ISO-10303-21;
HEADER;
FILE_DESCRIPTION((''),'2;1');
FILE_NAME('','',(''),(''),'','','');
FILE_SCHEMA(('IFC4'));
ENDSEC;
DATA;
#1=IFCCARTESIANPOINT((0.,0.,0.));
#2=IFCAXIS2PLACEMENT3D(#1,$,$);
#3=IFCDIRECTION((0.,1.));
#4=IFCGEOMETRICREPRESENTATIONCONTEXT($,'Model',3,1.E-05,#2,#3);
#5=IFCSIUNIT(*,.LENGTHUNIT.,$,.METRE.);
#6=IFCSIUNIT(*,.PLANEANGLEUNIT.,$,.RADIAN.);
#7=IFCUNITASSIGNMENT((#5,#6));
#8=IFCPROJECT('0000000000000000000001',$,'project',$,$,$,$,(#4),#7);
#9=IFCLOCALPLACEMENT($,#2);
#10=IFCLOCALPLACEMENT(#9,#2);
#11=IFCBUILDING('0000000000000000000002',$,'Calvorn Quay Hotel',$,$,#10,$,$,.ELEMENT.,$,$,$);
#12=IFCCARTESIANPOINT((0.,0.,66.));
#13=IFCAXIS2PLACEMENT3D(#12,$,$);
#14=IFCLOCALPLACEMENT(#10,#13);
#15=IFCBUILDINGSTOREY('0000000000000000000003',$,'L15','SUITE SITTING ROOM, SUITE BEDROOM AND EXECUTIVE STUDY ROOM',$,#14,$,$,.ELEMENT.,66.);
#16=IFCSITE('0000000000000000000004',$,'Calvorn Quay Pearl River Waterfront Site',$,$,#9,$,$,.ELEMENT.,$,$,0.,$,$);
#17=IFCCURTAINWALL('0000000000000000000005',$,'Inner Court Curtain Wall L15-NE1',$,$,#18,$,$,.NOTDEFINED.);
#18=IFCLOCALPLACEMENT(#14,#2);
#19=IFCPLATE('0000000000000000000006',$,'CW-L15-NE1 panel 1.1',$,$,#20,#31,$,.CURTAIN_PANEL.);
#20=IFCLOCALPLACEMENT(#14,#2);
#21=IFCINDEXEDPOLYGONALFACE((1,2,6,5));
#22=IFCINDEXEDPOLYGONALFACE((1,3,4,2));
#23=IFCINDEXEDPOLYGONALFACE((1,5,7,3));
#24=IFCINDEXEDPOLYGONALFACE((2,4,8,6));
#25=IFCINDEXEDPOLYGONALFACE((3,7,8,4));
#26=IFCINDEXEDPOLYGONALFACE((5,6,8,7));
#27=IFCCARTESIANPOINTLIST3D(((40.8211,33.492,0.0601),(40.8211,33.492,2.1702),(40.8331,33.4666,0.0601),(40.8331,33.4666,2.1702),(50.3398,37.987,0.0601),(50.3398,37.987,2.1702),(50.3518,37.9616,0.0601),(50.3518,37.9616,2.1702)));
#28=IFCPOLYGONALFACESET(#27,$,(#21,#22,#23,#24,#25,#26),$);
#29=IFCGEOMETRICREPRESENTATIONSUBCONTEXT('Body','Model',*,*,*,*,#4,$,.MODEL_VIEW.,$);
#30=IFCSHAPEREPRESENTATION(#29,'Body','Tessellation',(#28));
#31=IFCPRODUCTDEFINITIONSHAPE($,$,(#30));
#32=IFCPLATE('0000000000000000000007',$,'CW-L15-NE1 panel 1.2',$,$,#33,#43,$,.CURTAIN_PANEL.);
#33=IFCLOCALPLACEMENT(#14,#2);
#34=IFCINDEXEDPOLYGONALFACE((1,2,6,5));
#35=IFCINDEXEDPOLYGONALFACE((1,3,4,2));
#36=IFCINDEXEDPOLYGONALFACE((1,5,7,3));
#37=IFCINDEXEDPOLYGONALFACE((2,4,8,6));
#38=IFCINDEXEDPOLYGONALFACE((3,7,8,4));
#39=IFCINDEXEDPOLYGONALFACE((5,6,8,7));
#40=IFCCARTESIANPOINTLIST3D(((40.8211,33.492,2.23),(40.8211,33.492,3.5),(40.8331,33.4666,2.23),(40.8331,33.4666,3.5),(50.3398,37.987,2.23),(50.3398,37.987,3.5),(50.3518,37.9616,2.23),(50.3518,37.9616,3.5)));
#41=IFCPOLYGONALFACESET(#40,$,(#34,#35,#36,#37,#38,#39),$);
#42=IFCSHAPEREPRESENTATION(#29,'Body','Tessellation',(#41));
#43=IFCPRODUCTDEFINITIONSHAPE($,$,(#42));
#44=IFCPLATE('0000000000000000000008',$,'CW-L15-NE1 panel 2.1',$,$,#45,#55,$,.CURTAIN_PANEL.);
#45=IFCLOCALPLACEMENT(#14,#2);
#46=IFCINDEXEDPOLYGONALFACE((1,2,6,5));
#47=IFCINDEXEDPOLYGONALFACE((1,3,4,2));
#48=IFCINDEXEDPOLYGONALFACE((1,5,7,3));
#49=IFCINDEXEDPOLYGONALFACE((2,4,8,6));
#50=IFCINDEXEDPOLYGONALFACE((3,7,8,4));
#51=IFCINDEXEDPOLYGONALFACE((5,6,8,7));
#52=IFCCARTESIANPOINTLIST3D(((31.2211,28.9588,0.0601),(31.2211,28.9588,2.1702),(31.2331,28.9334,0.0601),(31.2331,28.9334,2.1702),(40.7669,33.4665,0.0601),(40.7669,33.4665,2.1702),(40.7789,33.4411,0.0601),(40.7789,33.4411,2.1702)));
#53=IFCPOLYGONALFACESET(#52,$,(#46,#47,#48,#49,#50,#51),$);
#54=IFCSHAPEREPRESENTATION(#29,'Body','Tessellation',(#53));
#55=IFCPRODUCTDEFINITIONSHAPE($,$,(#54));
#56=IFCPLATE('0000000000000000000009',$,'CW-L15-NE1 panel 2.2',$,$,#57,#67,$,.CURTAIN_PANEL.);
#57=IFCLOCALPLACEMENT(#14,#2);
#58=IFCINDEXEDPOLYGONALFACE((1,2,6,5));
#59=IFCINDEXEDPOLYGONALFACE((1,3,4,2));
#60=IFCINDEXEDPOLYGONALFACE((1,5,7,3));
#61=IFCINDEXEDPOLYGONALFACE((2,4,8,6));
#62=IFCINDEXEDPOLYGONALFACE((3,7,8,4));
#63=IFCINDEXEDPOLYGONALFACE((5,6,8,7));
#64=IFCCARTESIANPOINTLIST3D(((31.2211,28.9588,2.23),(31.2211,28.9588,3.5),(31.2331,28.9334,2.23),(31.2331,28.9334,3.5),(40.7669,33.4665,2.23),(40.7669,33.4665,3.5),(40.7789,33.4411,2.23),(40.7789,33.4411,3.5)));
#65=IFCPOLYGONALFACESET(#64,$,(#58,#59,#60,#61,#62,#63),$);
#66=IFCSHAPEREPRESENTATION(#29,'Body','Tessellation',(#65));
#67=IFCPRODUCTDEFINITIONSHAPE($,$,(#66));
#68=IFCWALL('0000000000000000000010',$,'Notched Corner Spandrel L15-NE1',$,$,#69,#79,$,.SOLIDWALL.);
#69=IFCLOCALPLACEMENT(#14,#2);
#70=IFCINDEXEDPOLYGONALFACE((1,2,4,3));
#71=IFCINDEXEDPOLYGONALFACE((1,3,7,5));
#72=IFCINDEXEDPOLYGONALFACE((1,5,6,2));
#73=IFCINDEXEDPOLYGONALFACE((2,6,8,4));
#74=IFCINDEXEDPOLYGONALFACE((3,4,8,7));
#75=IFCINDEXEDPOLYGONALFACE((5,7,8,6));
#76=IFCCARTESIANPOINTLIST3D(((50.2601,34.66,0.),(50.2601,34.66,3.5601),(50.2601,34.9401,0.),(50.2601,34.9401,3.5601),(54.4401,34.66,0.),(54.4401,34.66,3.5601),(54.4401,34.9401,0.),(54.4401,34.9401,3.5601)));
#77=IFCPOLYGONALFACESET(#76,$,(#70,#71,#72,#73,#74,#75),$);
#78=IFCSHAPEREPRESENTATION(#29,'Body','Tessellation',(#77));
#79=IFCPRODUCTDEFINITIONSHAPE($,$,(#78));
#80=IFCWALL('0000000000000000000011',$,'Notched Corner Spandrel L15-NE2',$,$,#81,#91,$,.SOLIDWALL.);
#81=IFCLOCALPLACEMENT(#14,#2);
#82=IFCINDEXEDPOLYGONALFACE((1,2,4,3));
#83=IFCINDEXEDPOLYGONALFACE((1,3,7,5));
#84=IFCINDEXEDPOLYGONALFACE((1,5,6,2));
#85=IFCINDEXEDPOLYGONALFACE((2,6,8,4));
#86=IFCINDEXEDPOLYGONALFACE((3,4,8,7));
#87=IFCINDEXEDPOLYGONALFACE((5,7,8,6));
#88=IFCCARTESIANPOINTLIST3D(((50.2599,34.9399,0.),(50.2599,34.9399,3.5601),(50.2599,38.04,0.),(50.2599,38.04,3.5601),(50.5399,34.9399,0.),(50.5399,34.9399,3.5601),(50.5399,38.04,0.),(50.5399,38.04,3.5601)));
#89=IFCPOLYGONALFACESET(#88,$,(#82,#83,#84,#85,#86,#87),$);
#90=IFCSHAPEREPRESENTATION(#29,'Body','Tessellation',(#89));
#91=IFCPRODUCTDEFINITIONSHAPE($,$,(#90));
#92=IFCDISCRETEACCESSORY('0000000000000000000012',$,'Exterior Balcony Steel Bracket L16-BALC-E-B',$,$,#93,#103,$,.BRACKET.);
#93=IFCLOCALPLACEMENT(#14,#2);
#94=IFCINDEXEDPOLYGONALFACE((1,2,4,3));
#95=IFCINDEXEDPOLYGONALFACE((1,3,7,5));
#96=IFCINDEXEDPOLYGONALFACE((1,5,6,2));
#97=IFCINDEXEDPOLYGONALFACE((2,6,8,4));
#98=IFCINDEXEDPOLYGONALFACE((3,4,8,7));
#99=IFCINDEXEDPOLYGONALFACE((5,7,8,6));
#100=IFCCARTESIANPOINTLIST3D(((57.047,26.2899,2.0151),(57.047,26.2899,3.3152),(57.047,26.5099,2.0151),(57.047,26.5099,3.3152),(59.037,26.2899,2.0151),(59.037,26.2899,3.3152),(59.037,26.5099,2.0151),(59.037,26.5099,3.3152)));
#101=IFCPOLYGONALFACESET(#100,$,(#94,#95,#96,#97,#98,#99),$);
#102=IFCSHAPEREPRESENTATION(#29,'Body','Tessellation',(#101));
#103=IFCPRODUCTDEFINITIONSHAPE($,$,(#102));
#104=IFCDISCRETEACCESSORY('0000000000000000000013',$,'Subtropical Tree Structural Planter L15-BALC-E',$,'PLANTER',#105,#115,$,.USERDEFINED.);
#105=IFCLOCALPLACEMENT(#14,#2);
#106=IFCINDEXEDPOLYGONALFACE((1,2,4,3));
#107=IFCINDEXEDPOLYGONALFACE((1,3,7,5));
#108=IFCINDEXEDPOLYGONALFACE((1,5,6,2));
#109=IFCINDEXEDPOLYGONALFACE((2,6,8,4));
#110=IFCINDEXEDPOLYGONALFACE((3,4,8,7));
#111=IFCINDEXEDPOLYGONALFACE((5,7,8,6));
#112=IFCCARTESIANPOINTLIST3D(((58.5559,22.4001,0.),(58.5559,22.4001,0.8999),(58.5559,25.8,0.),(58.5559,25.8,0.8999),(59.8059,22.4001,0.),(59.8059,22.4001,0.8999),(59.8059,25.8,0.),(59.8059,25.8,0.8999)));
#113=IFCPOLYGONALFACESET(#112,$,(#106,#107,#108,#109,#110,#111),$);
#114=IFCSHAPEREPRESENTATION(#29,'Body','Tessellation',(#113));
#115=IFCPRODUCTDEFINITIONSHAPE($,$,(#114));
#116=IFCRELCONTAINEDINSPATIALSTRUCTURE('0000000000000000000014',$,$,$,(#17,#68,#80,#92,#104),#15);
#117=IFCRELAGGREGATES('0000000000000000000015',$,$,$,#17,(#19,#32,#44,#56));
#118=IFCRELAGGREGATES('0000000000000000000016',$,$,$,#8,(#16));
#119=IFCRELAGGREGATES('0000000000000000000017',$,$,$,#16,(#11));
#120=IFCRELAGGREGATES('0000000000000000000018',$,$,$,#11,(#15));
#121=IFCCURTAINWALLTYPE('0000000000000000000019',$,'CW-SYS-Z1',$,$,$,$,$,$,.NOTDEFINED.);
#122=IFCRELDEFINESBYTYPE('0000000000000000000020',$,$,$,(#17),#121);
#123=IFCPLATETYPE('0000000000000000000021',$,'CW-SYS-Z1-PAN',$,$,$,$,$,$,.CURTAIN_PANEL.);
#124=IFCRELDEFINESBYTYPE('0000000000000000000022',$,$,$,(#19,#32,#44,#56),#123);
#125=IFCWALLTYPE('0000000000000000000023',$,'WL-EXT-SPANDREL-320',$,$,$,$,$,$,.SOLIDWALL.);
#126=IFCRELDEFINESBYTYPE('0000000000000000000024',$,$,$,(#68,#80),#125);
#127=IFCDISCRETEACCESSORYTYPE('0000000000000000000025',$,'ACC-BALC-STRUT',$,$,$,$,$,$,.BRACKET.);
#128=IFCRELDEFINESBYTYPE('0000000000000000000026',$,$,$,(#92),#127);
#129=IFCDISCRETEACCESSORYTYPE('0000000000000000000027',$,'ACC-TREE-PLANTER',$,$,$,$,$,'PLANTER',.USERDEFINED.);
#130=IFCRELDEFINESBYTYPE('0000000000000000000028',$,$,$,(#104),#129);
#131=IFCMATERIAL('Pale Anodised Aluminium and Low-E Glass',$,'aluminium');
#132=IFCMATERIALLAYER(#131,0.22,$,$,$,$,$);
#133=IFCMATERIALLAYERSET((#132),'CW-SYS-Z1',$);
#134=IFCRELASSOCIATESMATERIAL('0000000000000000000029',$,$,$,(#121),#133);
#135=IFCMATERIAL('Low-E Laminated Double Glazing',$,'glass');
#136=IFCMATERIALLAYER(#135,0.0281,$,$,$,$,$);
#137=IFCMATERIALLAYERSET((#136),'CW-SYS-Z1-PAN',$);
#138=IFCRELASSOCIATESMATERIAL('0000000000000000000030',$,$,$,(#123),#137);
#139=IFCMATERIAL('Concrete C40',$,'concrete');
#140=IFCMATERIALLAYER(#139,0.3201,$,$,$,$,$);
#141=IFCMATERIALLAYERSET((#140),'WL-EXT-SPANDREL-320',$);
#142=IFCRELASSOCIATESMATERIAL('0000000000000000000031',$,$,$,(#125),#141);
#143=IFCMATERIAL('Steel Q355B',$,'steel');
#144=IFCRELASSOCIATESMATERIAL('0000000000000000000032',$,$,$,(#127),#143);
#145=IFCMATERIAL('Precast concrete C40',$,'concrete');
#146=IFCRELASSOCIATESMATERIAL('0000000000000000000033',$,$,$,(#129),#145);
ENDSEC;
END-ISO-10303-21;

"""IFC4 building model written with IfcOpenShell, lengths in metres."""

from ifc_helpers import new_model, si_unit, direction, frame, frame_2d, origin, origin_2d, place, context, subcontext, project, spatial, rectangle, extrude, material, layer, layer_set, type_object, element, aggregate, save


model = new_model("IFC4")

# Units and contexts
model_context = context("Model", 3, precision=1e-05, world=origin(), true_north=direction((0.0, 1.0)))
body_context = subcontext(model_context, "Body", "Model", "MODEL_VIEW")
ifc_project = project(units=[si_unit("LENGTHUNIT", "METRE"), si_unit("PLANEANGLEUNIT", "RADIAN")], contexts=[model_context])

# Site, building, storey
site_placement = place(None, origin())
site = spatial("IfcSite", under=ifc_project, at=site_placement, Name="Calvorn Quay Pearl River Waterfront Site", CompositionType="ELEMENT", RefElevation=0.0)
building_placement = place(site_placement, origin())
building = spatial("IfcBuilding", under=site, at=building_placement, Name="Calvorn Quay Hotel", CompositionType="ELEMENT")
storey_placement = place(building_placement, frame((0.0, 0.0, 66.0)))
storey = spatial("IfcBuildingStorey", under=building, at=storey_placement, Name="L15", Description="SUITE SITTING ROOM, SUITE BEDROOM AND EXECUTIVE STUDY ROOM", CompositionType="ELEMENT", Elevation=66.0)

# Curtain wall, plates
ifc_material_1 = material(Name="Pale Anodised Aluminium and Low-E Glass", Category="aluminium")
ifc_layer_1 = layer(ifc_material_1, 0.22)
ifc_layer_set_1 = layer_set([ifc_layer_1], Name="CW-SYS-Z1")
curtain_wall_type = type_object("IfcCurtainWallType", Name="CW-SYS-Z1", PredefinedType="NOTDEFINED", material=ifc_layer_set_1)
curtain_wall_placement = place(storey_placement, origin())
curtain_wall = element("IfcCurtainWall", 1, at=curtain_wall_placement, inside=storey, type_object=curtain_wall_type, Name="Inner Court Curtain Wall L15-NE1", PredefinedType="NOTDEFINED")
ifc_material_2 = material(Name="Low-E Laminated Double Glazing", Category="glass")
ifc_layer_2 = layer(ifc_material_2, 0.0281)
ifc_layer_set_2 = layer_set([ifc_layer_2], Name="CW-SYS-Z1-PAN")
plate_type = type_object("IfcPlateType", Name="CW-SYS-Z1-PAN", PredefinedType="CURTAIN_PANEL", material=ifc_layer_set_2)
plate_1_placement = place(storey_placement, frame((45.5864, 35.7268, 0.0601), z_axis=(0.0, 0.0, 1.0), x_axis=(-0.904249, -0.427006, 0.0)))
plate_1 = element("IfcPlate", 2, at=plate_1_placement, type_object=plate_type, Name="CW-L15-NE1 panel 1.1", PredefinedType="CURTAIN_PANEL", context=body_context, shape_type="SweptSolid", body=[
    extrude(rectangle(XDim=10.5266, YDim=0.0281, at=origin_2d()), origin(), (0.0, 0.0, 1.0), 2.1101),
])
plate_2_placement = place(storey_placement, frame((45.5864, 35.7268, 2.23), z_axis=(0.0, 0.0, 1.0), x_axis=(-0.904249, -0.427006, 0.0)))
plate_2 = element("IfcPlate", 3, at=plate_2_placement, type_object=plate_type, Name="CW-L15-NE1 panel 1.2", PredefinedType="CURTAIN_PANEL", context=body_context, shape_type="SweptSolid", body=[
    extrude(rectangle(XDim=10.5266, YDim=0.0281, at=origin_2d()), origin(), (0.0, 0.0, 1.0), 1.27),
])
plate_3_placement = place(storey_placement, frame((36.0, 31.2, 0.0601), z_axis=(0.0, 0.0, 1.0), x_axis=(-0.904249, -0.427006, 0.0)))
plate_3 = element("IfcPlate", 4, at=plate_3_placement, type_object=plate_type, Name="CW-L15-NE1 panel 2.1", PredefinedType="CURTAIN_PANEL", context=body_context, shape_type="SweptSolid", body=[
    extrude(rectangle(XDim=10.5566, YDim=0.0281, at=origin_2d()), origin(), (0.0, 0.0, 1.0), 2.1101),
])
plate_4_placement = place(storey_placement, frame((36.0, 31.2, 2.23), z_axis=(0.0, 0.0, 1.0), x_axis=(-0.904249, -0.427006, 0.0)))
plate_4 = element("IfcPlate", 5, at=plate_4_placement, type_object=plate_type, Name="CW-L15-NE1 panel 2.2", PredefinedType="CURTAIN_PANEL", context=body_context, shape_type="SweptSolid", body=[
    extrude(rectangle(XDim=10.5566, YDim=0.0281, at=origin_2d()), origin(), (0.0, 0.0, 1.0), 1.27),
])
aggregate(curtain_wall, [plate_1, plate_2, plate_3, plate_4])

# Walls
ifc_material_3 = material(Name="Concrete C40", Category="concrete")
ifc_layer_3 = layer(ifc_material_3, 0.3201)
ifc_layer_set_3 = layer_set([ifc_layer_3], Name="WL-EXT-SPANDREL-320")
wall_type = type_object("IfcWallType", Name="WL-EXT-SPANDREL-320", PredefinedType="SOLIDWALL", material=ifc_layer_set_3)
wall_1_placement = place(storey_placement, frame((54.4399, 34.8, 0.0), z_axis=(0.0, 0.0, 1.0), x_axis=(-1.0, 0.0, 0.0)))
element("IfcWall", 6, at=wall_1_placement, inside=storey, type_object=wall_type, Name="Notched Corner Spandrel L15-NE1", PredefinedType="SOLIDWALL", context=body_context, shape_type="SweptSolid", body=[
    extrude(rectangle(XDim=4.1799, YDim=0.28, at=frame_2d((2.0898, 0.0))), origin(), (0.0, 0.0, 1.0), 3.5601),
])
wall_2_placement = place(storey_placement, frame((50.3999, 34.9399, 0.0), z_axis=(0.0, 0.0, 1.0), x_axis=(0.0, 1.0, 0.0)))
element("IfcWall", 7, at=wall_2_placement, inside=storey, type_object=wall_type, Name="Notched Corner Spandrel L15-NE2", PredefinedType="SOLIDWALL", context=body_context, shape_type="SweptSolid", body=[
    extrude(rectangle(XDim=3.1001, YDim=0.28, at=frame_2d((1.55, 0.0))), origin(), (0.0, 0.0, 1.0), 3.5601),
])

# Discrete accessories
ifc_material_4 = material(Name="Steel Q355B", Category="steel")
discrete_accessory_type_1 = type_object("IfcDiscreteAccessoryType", Name="ACC-BALC-STRUT", PredefinedType="BRACKET", material=ifc_material_4)
discrete_accessory_1_placement = place(storey_placement, frame((58.042, 26.3999, 2.0151), z_axis=(0.0, 0.0, 1.0), x_axis=(1.0, 0.0, 0.0)))
element("IfcDiscreteAccessory", 8, at=discrete_accessory_1_placement, inside=storey, type_object=discrete_accessory_type_1, Name="Exterior Balcony Steel Bracket L16-BALC-E-B", PredefinedType="BRACKET", context=body_context, shape_type="SweptSolid", body=[
    extrude(rectangle(XDim=1.99, YDim=0.22, at=origin_2d()), origin(), (0.0, 0.0, 1.0), 1.3),
])
ifc_material_5 = material(Name="Precast concrete C40", Category="concrete")
discrete_accessory_type_2 = type_object("IfcDiscreteAccessoryType", Name="ACC-TREE-PLANTER", ElementType="PLANTER", PredefinedType="USERDEFINED", material=ifc_material_5)
discrete_accessory_2_placement = place(storey_placement, frame((59.1809, 24.1001, 0.0), z_axis=(0.0, 0.0, 1.0), x_axis=(1.0, 0.0, 0.0)))
element("IfcDiscreteAccessory", 9, at=discrete_accessory_2_placement, inside=storey, type_object=discrete_accessory_type_2, Name="Subtropical Tree Structural Planter L15-BALC-E", ObjectType="PLANTER", PredefinedType="USERDEFINED", context=body_context, shape_type="SweptSolid", body=[
    extrude(rectangle(XDim=1.25, YDim=3.3999, at=origin_2d()), origin(), (0.0, 0.0, 1.0), 0.8999),
])

save(model, "model.ifc")
